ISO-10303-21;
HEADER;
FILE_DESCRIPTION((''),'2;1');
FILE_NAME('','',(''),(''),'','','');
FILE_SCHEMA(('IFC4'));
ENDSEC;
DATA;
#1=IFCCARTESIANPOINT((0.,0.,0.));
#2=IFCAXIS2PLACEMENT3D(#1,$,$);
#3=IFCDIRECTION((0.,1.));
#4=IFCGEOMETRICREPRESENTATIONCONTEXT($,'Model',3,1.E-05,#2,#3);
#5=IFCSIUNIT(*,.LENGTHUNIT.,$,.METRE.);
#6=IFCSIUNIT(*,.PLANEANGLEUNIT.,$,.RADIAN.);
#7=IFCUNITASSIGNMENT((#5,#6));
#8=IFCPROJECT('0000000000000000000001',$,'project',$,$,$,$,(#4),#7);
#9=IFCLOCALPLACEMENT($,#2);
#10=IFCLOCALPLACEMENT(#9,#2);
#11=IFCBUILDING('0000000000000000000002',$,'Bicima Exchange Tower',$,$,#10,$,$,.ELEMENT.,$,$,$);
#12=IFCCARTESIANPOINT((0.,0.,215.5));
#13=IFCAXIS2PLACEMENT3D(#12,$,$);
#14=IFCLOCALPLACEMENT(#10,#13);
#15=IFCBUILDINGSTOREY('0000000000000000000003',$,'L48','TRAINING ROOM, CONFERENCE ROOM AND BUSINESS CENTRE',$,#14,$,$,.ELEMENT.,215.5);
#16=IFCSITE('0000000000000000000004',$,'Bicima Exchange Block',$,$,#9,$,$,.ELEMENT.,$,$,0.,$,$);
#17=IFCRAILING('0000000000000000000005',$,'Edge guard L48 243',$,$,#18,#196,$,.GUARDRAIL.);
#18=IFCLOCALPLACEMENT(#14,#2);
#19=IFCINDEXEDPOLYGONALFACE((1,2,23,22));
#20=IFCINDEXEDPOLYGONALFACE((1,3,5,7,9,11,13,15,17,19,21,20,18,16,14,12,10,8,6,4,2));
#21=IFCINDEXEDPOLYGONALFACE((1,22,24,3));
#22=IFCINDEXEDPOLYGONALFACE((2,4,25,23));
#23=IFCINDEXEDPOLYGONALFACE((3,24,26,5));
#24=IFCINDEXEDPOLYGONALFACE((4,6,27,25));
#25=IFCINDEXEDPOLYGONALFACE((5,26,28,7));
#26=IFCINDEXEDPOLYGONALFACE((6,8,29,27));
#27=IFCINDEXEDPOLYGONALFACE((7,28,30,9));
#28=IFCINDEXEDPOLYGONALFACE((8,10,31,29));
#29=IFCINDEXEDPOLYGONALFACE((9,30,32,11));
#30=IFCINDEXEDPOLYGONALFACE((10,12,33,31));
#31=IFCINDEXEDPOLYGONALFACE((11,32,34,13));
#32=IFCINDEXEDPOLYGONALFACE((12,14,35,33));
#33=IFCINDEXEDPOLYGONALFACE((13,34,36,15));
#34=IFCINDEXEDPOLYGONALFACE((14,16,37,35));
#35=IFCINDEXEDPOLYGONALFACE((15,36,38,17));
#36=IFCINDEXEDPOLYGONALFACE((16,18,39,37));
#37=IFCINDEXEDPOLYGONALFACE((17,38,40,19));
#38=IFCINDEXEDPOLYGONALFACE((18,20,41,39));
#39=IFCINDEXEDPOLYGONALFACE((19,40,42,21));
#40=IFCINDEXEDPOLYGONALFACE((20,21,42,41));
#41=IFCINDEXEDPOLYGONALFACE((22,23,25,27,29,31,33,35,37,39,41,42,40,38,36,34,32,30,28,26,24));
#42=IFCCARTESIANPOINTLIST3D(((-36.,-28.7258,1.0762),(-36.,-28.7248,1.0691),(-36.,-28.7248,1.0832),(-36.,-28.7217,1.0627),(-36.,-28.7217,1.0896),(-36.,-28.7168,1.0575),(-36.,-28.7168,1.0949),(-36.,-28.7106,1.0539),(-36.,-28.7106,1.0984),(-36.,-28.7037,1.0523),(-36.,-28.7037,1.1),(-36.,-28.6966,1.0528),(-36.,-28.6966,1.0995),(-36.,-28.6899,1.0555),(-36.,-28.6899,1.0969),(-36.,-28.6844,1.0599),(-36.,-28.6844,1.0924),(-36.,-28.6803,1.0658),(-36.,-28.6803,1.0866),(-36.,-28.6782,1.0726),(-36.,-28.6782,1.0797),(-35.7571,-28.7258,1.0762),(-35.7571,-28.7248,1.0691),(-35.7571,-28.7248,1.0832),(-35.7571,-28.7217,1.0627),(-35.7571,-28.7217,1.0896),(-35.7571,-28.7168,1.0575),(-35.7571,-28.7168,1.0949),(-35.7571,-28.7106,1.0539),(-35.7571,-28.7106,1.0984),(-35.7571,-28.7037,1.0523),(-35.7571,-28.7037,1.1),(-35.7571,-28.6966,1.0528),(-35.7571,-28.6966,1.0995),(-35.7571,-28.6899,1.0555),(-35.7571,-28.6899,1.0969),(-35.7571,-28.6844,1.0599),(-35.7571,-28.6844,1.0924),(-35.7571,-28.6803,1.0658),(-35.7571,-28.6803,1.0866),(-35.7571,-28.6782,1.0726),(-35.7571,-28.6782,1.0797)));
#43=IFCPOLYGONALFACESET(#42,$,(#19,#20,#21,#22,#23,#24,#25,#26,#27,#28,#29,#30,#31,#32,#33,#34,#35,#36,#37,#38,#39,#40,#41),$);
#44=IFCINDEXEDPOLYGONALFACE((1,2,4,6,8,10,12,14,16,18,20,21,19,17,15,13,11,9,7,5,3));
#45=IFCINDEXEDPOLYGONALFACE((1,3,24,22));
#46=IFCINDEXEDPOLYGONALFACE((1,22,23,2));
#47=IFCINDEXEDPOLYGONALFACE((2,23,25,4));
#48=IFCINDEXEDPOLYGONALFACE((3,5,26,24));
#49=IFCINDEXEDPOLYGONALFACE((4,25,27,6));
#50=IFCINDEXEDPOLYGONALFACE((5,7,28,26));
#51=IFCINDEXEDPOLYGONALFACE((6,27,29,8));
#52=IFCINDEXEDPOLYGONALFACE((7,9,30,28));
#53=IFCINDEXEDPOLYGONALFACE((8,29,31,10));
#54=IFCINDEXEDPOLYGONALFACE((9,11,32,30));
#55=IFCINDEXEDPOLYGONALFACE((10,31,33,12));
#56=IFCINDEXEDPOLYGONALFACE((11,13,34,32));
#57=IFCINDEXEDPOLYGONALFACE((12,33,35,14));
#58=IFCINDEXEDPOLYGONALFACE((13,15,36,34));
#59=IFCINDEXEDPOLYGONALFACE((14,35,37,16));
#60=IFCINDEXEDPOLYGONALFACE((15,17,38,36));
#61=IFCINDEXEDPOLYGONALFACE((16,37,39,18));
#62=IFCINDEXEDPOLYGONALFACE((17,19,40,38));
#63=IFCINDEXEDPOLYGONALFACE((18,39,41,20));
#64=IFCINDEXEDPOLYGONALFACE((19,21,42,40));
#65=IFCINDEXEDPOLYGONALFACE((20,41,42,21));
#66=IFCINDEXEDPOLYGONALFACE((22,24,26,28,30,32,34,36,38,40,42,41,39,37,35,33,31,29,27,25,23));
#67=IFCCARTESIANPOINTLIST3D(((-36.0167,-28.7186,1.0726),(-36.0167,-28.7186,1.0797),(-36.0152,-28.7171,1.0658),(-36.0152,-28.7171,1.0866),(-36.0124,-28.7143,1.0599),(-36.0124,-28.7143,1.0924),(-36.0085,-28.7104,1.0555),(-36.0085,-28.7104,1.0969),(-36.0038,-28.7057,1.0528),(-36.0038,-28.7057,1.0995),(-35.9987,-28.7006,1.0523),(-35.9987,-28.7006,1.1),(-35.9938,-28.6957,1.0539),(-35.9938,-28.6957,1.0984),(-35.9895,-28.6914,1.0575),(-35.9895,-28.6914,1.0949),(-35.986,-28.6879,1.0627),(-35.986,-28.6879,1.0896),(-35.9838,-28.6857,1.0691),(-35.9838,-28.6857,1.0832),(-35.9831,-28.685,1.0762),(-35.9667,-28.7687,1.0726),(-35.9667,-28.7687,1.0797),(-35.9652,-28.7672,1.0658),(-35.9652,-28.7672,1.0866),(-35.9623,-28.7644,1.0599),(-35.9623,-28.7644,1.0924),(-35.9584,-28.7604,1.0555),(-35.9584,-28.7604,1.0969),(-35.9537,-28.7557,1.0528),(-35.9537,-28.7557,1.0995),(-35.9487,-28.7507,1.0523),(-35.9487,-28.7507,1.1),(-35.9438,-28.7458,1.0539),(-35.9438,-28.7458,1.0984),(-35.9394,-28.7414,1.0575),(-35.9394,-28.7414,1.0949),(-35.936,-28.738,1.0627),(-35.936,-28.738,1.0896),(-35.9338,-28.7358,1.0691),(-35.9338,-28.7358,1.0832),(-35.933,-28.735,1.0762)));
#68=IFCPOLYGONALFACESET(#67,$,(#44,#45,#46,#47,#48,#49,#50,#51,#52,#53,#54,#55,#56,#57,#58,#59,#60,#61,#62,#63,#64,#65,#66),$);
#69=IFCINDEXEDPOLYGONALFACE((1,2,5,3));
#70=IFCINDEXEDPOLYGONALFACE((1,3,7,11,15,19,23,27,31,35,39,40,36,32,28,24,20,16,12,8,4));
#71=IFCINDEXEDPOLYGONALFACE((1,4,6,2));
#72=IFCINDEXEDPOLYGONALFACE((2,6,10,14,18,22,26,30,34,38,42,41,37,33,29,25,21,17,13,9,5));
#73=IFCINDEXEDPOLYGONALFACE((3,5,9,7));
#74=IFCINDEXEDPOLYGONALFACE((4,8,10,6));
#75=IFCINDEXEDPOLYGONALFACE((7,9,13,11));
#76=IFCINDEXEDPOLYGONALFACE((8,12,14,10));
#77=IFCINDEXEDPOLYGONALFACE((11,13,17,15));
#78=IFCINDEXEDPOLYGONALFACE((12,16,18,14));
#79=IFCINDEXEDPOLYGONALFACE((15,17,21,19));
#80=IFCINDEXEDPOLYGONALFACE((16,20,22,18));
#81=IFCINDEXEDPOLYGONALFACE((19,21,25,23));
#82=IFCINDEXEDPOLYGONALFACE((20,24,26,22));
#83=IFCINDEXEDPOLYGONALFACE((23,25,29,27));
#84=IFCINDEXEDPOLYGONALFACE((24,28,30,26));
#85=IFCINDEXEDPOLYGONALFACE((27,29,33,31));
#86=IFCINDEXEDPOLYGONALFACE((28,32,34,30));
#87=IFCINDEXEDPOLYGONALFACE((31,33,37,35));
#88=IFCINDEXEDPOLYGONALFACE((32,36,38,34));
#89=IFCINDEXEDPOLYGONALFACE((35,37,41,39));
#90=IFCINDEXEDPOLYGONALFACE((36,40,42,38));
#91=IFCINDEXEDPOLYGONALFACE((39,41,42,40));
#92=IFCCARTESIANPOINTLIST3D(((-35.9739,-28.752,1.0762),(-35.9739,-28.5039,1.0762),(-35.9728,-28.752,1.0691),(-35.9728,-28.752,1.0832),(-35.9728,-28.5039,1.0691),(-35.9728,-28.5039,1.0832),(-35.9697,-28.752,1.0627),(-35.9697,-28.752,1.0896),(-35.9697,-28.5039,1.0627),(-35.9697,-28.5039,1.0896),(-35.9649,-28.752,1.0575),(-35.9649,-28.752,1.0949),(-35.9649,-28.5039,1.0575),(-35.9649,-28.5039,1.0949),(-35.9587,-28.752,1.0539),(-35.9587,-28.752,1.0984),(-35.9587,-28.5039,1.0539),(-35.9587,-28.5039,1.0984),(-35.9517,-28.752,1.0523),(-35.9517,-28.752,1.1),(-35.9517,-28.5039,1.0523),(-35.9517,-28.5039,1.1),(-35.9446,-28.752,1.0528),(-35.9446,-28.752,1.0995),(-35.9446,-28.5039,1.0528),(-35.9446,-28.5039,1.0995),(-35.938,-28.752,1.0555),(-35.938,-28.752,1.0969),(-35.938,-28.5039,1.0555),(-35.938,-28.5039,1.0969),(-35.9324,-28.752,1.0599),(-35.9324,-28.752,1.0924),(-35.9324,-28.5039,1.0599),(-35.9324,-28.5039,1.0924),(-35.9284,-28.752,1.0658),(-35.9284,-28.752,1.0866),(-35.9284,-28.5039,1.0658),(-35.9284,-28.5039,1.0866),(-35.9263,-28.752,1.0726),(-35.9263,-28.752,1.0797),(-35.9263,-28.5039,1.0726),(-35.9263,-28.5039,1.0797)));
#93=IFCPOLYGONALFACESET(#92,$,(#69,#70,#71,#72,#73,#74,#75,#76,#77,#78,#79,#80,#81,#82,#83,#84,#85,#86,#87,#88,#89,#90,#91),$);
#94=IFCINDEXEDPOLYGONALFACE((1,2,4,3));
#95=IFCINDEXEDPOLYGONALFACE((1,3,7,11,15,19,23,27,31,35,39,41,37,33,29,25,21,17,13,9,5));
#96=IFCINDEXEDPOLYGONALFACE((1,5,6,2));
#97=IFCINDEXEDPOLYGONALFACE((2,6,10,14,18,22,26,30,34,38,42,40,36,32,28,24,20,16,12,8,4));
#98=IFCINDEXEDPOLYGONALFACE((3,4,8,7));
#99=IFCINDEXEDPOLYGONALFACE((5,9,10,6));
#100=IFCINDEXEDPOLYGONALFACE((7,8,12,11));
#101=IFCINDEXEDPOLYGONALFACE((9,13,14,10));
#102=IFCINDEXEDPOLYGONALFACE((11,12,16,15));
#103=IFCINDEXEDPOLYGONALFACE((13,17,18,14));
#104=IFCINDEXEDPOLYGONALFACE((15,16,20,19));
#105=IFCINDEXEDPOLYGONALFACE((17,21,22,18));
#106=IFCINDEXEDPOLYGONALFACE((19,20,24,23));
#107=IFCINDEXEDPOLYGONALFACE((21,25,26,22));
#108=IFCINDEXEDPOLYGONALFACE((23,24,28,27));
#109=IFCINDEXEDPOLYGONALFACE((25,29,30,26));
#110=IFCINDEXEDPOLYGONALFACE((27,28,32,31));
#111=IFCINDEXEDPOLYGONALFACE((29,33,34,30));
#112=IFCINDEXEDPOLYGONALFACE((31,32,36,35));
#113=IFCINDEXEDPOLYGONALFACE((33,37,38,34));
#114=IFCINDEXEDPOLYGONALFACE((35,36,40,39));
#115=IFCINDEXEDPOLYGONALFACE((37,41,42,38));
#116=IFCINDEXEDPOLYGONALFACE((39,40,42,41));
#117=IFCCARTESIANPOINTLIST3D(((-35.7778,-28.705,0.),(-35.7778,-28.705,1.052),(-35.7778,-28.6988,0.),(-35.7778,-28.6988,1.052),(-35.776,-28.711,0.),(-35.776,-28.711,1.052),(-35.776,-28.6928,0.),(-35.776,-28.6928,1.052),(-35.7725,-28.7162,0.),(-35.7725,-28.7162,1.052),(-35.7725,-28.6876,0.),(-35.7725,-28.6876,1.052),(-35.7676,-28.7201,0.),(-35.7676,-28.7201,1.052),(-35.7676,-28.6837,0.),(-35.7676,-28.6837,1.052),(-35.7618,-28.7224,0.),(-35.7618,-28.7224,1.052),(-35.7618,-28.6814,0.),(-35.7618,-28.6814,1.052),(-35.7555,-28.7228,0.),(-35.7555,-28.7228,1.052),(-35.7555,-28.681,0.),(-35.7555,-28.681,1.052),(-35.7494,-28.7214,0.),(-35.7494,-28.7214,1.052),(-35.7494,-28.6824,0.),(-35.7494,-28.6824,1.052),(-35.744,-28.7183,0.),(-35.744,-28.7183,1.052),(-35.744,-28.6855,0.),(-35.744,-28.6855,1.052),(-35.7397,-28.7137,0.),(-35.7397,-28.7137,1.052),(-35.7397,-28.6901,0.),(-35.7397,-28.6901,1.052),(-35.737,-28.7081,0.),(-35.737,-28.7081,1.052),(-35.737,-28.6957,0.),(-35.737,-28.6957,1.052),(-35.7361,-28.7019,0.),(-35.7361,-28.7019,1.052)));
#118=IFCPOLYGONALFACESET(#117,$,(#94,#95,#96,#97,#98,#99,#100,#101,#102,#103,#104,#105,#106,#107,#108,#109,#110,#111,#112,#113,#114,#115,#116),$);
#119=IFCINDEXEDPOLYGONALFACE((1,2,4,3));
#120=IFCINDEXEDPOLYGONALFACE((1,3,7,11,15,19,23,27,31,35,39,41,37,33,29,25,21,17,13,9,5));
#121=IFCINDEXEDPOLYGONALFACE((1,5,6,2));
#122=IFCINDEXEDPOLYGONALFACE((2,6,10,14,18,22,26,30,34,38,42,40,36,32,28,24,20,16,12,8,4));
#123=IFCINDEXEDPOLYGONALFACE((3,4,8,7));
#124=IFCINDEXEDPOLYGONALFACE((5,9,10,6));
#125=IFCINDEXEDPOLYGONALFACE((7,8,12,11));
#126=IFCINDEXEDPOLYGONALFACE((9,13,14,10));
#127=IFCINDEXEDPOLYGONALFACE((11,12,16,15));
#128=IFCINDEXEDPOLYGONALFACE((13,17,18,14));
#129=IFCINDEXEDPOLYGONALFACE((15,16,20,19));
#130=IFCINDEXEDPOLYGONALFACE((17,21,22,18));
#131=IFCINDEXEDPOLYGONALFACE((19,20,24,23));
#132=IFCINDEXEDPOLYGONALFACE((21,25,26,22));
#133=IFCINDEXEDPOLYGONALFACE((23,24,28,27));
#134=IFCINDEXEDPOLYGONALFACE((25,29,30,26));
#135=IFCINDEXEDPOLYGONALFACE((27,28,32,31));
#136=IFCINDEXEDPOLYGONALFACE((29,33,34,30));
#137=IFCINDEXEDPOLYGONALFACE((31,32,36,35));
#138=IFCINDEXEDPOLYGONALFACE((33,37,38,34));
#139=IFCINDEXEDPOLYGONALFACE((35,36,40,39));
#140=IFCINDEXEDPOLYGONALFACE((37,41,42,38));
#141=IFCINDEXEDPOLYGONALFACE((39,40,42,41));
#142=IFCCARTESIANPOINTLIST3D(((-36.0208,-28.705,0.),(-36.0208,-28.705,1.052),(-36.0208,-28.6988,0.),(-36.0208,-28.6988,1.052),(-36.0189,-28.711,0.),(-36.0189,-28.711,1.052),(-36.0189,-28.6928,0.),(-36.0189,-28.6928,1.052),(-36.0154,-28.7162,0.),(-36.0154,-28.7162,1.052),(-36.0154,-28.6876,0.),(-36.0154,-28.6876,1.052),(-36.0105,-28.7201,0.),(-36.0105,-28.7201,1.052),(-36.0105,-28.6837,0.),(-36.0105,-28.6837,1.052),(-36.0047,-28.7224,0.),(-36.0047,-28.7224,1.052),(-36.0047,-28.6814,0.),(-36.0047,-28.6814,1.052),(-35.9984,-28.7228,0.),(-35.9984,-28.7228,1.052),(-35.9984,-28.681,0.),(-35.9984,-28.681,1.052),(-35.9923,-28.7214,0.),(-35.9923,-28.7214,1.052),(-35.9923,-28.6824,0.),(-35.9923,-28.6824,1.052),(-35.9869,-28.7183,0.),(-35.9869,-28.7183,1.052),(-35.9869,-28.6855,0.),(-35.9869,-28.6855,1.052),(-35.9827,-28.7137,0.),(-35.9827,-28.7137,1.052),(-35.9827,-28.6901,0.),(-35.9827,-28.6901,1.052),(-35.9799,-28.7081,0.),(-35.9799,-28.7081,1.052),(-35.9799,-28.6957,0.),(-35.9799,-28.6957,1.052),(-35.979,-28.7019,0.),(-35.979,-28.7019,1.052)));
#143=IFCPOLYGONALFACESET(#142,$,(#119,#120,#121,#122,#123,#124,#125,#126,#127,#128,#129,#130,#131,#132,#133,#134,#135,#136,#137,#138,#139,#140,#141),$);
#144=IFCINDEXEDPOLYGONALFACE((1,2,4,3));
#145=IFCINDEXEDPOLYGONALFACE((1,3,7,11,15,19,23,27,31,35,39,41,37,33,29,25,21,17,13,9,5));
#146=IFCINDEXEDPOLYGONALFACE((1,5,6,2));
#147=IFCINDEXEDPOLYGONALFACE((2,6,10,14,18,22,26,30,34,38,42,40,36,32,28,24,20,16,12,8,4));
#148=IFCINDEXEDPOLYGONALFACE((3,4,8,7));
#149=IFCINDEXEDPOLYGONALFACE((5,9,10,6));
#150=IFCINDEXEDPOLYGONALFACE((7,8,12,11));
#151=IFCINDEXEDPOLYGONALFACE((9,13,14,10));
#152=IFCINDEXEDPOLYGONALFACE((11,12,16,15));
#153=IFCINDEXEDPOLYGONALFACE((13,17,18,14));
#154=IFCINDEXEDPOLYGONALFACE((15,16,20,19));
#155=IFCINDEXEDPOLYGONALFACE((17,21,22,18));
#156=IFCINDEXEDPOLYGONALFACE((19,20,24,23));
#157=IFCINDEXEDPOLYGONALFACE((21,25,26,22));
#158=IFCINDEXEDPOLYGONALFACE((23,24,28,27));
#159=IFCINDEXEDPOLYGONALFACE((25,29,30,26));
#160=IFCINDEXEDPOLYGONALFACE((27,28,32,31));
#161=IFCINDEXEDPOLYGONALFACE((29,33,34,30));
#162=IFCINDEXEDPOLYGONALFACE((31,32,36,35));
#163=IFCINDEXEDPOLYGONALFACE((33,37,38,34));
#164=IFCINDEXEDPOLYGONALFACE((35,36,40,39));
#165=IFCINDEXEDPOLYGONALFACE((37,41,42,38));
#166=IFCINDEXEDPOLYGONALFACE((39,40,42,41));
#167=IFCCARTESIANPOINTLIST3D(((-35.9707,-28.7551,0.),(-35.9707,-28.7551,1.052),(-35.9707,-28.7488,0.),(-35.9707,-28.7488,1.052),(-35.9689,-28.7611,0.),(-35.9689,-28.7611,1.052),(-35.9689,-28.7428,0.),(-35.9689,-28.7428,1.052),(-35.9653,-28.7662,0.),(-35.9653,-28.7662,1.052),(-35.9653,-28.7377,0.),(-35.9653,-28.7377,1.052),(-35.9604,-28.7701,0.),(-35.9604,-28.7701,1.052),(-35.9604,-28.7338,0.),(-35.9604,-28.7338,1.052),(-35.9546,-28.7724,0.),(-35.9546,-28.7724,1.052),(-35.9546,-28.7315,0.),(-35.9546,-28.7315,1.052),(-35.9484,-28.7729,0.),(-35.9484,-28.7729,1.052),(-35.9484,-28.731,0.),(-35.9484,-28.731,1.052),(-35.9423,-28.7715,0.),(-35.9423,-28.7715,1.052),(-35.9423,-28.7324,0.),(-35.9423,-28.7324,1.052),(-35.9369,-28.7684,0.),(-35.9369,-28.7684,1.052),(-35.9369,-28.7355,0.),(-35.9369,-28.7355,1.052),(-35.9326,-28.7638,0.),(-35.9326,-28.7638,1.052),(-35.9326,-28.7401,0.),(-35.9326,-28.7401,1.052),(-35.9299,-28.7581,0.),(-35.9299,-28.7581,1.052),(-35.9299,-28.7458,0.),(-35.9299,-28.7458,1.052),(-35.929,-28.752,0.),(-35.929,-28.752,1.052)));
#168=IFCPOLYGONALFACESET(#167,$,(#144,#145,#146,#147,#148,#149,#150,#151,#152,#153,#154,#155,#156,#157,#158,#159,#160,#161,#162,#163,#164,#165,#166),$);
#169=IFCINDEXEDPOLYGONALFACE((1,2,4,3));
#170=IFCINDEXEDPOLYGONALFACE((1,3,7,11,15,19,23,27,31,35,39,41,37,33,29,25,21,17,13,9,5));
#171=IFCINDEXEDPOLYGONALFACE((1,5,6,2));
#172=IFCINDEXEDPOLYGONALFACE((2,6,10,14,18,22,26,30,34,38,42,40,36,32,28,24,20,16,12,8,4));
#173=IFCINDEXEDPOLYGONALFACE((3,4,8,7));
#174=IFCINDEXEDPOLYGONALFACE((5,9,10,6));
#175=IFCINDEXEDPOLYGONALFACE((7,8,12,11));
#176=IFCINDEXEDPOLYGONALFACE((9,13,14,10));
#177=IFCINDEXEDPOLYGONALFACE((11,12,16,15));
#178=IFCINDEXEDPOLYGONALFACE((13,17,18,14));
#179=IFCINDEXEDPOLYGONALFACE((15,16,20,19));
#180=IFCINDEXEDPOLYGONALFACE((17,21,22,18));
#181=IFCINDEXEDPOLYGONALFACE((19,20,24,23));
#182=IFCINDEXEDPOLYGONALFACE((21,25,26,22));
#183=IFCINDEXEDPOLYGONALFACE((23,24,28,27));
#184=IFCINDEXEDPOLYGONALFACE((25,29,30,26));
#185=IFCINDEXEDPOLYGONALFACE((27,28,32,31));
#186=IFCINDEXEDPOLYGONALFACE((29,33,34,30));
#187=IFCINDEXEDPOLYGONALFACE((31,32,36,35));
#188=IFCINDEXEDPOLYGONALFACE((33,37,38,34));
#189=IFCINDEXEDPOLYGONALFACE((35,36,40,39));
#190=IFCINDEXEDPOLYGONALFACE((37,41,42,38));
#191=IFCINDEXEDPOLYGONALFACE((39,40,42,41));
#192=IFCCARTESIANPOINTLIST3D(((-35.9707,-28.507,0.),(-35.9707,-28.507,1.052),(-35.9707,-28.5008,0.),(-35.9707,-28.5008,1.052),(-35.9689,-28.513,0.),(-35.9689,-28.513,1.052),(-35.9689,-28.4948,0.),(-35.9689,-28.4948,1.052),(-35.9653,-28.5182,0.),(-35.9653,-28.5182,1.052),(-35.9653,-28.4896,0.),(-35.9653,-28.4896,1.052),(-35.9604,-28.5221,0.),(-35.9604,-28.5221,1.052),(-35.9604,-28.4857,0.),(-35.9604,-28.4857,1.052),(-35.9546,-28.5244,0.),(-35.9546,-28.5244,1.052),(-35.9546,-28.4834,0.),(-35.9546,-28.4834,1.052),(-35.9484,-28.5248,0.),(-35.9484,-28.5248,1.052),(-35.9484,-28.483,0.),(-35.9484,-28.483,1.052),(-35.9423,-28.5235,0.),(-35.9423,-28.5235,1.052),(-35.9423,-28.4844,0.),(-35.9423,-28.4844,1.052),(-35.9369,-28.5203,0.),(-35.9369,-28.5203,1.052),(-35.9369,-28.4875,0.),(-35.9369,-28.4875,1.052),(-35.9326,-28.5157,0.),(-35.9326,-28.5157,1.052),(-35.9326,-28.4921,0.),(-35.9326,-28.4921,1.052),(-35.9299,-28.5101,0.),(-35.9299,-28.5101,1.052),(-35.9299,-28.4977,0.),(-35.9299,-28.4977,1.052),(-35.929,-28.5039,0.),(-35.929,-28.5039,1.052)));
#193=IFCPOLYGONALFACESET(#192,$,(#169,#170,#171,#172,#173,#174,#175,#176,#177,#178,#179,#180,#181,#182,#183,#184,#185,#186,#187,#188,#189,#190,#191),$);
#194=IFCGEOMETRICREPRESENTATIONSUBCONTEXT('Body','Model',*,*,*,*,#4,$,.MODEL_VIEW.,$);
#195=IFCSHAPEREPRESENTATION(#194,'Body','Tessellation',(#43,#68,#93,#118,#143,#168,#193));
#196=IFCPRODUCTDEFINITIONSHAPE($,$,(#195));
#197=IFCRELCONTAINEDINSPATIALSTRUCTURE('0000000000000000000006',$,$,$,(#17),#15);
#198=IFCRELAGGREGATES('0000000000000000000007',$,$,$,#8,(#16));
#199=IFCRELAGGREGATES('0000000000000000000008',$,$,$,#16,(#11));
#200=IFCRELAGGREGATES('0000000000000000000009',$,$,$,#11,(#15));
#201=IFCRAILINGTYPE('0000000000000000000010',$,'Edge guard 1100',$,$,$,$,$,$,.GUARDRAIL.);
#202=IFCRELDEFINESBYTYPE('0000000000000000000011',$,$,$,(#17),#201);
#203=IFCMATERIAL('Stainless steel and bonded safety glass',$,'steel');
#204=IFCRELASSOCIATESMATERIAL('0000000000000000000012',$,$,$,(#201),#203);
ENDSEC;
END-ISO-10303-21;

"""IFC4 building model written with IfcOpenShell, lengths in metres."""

from ifc_helpers import new_model, si_unit, direction, frame, origin, origin_2d, place, context, subcontext, project, spatial, circle, extrude, material, type_object, element, save


model = new_model("IFC4")

# Units and contexts
model_context = context("Model", 3, precision=1e-05, world=origin(), true_north=direction((0.0, 1.0)))
body_context = subcontext(model_context, "Body", "Model", "MODEL_VIEW")
ifc_project = project(units=[si_unit("LENGTHUNIT", "METRE"), si_unit("PLANEANGLEUNIT", "RADIAN")], contexts=[model_context])

# Site, building, storey
site_placement = place(None, origin())
site = spatial("IfcSite", under=ifc_project, at=site_placement, Name="Bicima Exchange Block", CompositionType="ELEMENT", RefElevation=0.0)
building_placement = place(site_placement, origin())
building = spatial("IfcBuilding", under=site, at=building_placement, Name="Bicima Exchange Tower", CompositionType="ELEMENT")
storey_placement = place(building_placement, frame((0.0, 0.0, 215.5)))
storey = spatial("IfcBuildingStorey", under=building, at=storey_placement, Name="L48", Description="TRAINING ROOM, CONFERENCE ROOM AND BUSINESS CENTRE", CompositionType="ELEMENT", Elevation=215.5)

# Railing
ifc_material_1 = material(Name="Stainless steel and bonded safety glass", Category="steel")
railing_type = type_object("IfcRailingType", Name="Edge guard 1100", PredefinedType="GUARDRAIL", material=ifc_material_1)
railing_1_placement = place(storey_placement, frame((-35.7571, -28.7019, 0.0)))
element("IfcRailing", 1, at=railing_1_placement, inside=storey, type_object=railing_type, Name="Edge guard L48 243", PredefinedType="GUARDRAIL", context=body_context, shape_type="SweptSolid", body=[
    extrude(circle(Radius=0.0239, at=origin_2d()), frame((0.0, 0.0, 1.0762), z_axis=(-1.0, 0.0, 0.0), x_axis=(0.0, -1.0, 0.0)), (0.0, 0.0, 1.0), 0.2429),
    extrude(circle(Radius=0.0239, at=origin_2d()), frame((-0.2429, 0.0, 1.0762), z_axis=(0.707107, -0.707107, 0.0), x_axis=(0.707107, 0.707107, 0.0)), (0.0, 0.0, 1.0), 0.0708),
    extrude(circle(Radius=0.0239, at=origin_2d()), frame((-0.1929, -0.05, 1.0762), z_axis=(0.0, 1.0, 0.0), x_axis=(-1.0, 0.0, 0.0)), (0.0, 0.0, 1.0), 0.248),
    extrude(circle(Radius=0.021, at=origin_2d()), origin(), (0.0, 0.0, 1.0), 1.052),
    extrude(circle(Radius=0.021, at=origin_2d()), frame((-0.2429, 0.0, 0.0)), (0.0, 0.0, 1.0), 1.052),
    extrude(circle(Radius=0.021, at=origin_2d()), frame((-0.1929, -0.05, 0.0)), (0.0, 0.0, 1.0), 1.052),
    extrude(circle(Radius=0.021, at=origin_2d()), frame((-0.1929, 0.198, 0.0)), (0.0, 0.0, 1.0), 1.052),
])

save(model, "model.ifc")
